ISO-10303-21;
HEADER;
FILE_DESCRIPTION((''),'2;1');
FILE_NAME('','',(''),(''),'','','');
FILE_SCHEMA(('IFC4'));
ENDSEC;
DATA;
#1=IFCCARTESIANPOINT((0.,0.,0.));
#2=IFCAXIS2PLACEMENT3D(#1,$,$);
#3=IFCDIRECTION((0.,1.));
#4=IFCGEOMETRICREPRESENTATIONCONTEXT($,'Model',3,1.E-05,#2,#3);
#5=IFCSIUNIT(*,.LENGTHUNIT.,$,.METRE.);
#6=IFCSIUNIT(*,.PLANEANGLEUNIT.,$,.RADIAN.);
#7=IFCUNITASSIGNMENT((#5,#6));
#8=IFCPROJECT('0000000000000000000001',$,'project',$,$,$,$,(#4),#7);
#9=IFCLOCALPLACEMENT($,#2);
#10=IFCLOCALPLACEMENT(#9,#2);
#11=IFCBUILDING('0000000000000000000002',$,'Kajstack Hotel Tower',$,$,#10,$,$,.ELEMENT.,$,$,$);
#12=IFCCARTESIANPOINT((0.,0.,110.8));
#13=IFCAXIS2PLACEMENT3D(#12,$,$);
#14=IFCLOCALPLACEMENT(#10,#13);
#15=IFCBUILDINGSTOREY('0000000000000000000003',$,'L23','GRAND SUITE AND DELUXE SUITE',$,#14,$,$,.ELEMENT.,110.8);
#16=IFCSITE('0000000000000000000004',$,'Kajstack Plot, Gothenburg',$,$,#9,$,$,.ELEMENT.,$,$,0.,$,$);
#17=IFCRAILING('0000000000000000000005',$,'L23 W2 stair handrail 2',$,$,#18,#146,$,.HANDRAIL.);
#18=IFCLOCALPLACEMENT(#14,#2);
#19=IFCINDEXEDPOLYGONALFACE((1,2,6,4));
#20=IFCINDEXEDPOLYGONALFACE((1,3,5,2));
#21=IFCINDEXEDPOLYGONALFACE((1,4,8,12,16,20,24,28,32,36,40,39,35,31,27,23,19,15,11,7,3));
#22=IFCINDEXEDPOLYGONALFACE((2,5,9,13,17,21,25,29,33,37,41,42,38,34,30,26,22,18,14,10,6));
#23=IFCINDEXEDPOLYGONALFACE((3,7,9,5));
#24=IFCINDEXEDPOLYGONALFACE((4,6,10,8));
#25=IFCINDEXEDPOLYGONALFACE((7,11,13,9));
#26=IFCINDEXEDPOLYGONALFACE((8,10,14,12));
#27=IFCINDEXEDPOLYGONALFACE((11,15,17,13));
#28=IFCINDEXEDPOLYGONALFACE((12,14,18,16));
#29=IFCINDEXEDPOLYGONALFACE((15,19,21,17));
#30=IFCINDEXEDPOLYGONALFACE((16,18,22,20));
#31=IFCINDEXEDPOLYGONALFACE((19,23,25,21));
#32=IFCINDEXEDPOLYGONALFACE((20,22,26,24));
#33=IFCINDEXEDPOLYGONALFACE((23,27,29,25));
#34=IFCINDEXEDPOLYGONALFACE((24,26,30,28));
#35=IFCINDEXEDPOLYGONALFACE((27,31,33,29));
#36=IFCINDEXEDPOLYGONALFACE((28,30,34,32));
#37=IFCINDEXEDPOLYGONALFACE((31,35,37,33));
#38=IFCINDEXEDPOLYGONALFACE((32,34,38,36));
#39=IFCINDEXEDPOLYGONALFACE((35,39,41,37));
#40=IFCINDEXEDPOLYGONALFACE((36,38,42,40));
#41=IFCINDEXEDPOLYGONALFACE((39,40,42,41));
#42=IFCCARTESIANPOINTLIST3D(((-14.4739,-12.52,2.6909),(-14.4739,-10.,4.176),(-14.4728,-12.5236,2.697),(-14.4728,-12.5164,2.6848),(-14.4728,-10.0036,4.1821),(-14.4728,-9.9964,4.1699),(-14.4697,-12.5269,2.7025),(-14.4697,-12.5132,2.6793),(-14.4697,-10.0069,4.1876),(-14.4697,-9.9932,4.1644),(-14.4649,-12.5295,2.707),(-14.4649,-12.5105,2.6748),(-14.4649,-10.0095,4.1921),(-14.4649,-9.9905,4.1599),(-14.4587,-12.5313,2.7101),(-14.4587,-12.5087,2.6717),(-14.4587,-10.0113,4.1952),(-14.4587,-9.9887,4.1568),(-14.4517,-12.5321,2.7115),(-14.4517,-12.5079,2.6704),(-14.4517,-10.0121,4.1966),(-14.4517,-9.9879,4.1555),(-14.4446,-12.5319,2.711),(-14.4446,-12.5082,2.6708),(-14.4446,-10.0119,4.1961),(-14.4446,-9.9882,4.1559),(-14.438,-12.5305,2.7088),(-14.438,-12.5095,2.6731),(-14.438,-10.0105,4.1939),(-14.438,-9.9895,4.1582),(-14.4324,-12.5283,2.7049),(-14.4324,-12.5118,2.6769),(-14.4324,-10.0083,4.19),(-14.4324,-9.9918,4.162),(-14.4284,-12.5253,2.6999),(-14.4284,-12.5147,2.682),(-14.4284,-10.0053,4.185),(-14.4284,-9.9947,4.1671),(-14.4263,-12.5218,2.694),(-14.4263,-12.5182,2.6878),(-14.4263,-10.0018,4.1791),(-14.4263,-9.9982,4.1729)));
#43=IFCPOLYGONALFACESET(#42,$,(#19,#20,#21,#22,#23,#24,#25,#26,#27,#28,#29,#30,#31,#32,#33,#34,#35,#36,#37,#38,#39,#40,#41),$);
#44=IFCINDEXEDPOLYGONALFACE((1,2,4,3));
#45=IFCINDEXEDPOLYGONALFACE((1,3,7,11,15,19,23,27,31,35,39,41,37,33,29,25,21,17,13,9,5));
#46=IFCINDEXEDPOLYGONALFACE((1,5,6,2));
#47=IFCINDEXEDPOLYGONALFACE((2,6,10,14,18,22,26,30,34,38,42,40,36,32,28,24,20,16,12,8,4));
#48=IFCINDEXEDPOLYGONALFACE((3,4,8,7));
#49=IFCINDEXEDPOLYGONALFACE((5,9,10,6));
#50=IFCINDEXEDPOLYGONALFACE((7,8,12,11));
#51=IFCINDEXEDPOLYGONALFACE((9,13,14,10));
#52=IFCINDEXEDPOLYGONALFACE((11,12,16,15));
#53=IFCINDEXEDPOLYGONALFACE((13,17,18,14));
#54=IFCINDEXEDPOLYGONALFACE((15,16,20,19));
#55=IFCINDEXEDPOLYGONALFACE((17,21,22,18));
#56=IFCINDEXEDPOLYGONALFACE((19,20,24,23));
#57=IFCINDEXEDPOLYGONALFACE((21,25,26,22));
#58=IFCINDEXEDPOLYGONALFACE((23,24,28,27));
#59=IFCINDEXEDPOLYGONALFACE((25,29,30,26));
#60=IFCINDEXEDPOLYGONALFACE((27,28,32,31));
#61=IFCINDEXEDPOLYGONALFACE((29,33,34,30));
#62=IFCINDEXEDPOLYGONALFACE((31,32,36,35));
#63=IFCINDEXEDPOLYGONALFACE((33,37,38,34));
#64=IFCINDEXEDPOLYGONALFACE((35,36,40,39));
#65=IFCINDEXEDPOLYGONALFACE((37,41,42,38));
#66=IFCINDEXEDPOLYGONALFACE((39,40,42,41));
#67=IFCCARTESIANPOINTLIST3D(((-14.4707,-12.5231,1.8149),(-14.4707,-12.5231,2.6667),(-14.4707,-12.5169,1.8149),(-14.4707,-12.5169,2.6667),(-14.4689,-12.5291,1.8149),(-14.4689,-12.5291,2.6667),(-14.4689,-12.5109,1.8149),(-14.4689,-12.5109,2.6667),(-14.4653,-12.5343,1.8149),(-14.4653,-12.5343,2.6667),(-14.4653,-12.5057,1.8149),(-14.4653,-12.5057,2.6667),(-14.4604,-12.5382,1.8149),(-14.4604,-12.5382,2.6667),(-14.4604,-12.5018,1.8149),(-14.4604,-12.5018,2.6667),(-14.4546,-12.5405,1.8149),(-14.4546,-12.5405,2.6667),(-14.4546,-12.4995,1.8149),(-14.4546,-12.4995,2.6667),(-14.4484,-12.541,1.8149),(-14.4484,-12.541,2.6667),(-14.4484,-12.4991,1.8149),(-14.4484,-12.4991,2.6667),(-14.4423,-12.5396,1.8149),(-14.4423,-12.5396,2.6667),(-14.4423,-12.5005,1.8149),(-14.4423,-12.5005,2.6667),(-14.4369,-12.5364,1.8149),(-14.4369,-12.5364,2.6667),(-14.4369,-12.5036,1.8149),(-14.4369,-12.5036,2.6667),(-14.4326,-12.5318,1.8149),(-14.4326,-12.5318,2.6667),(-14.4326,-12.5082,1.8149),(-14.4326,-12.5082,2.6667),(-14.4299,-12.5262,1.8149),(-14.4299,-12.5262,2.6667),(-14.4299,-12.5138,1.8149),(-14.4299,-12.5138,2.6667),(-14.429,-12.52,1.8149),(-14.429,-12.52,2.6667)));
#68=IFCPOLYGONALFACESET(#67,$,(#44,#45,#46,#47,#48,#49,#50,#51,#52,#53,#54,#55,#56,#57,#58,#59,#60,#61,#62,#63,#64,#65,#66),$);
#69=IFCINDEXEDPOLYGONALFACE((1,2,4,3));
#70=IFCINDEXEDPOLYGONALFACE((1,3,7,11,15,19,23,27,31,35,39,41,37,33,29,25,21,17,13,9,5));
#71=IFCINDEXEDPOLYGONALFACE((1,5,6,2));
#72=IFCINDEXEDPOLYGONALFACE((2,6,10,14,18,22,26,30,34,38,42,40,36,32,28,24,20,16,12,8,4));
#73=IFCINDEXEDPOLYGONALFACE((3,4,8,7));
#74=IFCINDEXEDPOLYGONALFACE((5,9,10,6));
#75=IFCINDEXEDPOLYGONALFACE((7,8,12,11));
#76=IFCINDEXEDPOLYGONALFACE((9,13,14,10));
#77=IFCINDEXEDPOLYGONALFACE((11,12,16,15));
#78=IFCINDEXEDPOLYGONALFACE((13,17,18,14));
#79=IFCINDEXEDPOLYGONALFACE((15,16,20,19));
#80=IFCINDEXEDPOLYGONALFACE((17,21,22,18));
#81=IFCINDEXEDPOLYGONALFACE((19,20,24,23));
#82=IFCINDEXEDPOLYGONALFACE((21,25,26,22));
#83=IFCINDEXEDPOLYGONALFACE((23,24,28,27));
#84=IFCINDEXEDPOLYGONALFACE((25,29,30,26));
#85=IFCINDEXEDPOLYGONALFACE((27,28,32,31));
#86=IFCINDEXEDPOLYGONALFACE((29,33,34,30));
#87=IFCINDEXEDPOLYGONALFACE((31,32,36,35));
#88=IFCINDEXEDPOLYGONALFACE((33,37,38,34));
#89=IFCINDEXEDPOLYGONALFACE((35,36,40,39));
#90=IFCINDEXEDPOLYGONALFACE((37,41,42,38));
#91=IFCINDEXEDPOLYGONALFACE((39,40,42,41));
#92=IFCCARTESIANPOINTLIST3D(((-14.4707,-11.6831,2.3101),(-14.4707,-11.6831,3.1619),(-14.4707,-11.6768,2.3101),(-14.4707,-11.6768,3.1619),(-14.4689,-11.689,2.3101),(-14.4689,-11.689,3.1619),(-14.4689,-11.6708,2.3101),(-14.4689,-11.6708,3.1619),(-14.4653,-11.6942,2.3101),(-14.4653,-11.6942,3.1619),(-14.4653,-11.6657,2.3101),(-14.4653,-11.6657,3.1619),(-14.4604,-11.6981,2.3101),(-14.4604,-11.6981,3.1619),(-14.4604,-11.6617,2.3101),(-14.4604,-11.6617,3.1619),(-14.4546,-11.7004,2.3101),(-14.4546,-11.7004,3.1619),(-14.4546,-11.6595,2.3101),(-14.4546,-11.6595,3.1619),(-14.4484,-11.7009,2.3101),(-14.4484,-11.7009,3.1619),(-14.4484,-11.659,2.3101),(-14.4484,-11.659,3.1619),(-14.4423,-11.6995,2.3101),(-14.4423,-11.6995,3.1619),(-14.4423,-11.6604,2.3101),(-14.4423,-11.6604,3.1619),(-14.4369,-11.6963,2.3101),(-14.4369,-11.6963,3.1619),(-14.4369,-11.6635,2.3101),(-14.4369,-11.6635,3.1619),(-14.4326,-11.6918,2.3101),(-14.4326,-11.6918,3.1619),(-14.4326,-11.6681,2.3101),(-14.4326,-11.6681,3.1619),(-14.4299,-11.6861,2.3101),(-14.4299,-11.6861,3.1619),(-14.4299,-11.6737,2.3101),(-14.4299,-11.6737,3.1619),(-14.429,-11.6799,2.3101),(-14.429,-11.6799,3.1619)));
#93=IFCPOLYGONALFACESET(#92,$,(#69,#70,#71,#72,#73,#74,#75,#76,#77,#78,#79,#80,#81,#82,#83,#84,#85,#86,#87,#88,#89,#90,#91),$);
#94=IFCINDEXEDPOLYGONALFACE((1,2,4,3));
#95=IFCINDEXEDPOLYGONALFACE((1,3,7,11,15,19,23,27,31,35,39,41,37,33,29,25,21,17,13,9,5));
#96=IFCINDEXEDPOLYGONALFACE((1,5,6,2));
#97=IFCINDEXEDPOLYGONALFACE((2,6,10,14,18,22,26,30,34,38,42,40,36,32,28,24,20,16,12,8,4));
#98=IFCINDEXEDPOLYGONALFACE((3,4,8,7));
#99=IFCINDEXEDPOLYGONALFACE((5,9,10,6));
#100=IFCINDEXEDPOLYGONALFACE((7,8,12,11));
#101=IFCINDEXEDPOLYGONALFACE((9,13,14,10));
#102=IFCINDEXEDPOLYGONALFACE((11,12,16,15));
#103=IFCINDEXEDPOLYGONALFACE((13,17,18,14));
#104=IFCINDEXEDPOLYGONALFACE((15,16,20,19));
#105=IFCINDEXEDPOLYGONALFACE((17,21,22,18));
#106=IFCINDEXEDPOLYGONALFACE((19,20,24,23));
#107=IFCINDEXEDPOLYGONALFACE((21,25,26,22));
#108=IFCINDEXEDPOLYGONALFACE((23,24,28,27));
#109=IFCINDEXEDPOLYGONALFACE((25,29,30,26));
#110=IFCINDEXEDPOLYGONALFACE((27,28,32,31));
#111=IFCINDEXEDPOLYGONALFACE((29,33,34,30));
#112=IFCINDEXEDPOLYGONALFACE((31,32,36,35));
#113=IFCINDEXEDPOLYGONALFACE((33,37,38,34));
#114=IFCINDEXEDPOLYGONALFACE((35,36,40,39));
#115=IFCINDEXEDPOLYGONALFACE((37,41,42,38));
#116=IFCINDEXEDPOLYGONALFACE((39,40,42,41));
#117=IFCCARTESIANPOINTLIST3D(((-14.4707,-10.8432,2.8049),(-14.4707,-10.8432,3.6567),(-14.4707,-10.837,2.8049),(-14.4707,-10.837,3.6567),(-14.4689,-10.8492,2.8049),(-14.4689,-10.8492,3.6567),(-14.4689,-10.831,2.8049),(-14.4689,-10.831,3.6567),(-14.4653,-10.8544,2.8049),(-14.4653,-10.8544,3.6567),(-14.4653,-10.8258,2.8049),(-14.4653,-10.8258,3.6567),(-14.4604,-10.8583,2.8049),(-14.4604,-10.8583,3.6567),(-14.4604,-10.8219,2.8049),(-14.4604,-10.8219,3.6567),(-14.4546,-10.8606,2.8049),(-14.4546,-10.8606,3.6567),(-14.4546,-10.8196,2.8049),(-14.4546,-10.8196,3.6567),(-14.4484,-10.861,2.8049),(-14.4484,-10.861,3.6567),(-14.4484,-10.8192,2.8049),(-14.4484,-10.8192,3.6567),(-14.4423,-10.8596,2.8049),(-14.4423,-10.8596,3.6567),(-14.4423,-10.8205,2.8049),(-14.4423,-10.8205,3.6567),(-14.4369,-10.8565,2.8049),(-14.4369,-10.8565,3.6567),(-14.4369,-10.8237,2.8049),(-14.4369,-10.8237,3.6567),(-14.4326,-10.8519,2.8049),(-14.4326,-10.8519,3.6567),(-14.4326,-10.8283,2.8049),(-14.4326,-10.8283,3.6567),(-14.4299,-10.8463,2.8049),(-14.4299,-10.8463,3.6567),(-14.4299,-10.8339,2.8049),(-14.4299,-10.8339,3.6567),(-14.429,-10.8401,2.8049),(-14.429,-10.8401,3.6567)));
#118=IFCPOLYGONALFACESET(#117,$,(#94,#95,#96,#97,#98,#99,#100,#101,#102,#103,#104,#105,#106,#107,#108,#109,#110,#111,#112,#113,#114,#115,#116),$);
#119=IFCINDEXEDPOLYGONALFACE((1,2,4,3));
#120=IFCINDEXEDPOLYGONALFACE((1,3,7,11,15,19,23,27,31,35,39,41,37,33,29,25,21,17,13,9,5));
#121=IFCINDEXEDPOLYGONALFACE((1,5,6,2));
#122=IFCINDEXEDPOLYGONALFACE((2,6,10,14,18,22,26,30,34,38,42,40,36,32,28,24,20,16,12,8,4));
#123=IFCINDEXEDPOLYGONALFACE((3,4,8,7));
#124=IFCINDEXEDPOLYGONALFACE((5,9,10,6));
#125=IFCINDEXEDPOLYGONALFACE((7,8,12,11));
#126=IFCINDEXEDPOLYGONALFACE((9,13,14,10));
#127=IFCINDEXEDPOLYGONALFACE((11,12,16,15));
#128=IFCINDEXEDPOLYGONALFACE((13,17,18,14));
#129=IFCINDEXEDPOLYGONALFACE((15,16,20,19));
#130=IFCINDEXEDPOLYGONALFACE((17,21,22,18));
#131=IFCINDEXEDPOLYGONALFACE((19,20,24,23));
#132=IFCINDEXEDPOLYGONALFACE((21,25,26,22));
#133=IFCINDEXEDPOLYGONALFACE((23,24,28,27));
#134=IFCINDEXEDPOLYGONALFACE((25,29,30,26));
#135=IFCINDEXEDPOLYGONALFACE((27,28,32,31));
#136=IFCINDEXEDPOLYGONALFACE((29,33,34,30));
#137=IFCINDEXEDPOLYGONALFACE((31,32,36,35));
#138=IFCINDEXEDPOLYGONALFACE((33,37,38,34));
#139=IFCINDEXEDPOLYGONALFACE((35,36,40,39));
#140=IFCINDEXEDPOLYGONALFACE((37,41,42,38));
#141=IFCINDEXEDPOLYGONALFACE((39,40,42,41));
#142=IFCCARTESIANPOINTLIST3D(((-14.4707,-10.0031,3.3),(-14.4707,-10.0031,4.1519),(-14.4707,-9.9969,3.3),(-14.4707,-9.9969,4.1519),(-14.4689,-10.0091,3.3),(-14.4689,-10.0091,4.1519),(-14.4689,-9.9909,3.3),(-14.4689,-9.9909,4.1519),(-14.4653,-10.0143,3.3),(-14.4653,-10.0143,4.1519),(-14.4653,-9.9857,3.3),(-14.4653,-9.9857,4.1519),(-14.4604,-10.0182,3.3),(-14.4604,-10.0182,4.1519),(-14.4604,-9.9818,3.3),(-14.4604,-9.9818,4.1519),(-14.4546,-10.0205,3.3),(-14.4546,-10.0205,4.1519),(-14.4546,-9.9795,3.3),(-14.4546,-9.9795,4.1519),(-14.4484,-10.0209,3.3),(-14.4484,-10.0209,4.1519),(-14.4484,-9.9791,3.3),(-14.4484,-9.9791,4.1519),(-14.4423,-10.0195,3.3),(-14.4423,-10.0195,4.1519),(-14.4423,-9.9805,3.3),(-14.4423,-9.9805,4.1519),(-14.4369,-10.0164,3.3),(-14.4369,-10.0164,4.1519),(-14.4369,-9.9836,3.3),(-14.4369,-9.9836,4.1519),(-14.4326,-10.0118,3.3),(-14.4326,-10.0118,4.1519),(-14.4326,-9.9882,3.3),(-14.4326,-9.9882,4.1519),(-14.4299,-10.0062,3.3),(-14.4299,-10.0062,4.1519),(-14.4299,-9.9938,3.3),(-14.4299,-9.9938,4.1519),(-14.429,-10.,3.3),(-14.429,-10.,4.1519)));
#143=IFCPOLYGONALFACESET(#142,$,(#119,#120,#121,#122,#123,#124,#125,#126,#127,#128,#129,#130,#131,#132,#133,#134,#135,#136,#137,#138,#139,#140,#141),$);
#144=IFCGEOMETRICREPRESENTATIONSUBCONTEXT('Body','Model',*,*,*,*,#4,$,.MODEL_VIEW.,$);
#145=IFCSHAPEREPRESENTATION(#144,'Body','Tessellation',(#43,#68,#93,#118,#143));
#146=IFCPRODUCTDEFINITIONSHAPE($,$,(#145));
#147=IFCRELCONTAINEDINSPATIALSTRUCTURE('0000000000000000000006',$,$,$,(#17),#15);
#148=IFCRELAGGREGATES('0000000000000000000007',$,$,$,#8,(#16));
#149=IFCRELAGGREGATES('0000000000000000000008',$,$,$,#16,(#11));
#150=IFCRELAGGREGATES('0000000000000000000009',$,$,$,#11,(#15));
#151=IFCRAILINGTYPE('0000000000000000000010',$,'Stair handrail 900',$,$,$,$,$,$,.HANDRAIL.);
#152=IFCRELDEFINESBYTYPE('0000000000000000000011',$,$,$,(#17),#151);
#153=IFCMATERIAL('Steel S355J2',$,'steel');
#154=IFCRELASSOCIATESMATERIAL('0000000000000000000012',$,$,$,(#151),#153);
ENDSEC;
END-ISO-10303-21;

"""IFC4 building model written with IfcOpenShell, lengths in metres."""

from ifc_helpers import new_model, si_unit, direction, frame, origin, origin_2d, place, context, subcontext, project, spatial, circle, extrude, material, type_object, element, save


model = new_model("IFC4")

# Units and contexts
model_context = context("Model", 3, precision=1e-05, world=origin(), true_north=direction((0.0, 1.0)))
body_context = subcontext(model_context, "Body", "Model", "MODEL_VIEW")
ifc_project = project(units=[si_unit("LENGTHUNIT", "METRE"), si_unit("PLANEANGLEUNIT", "RADIAN")], contexts=[model_context])

# Site, building, storey
site_placement = place(None, origin())
site = spatial("IfcSite", under=ifc_project, at=site_placement, Name="Kajstack Plot, Gothenburg", CompositionType="ELEMENT", RefElevation=0.0)
building_placement = place(site_placement, origin())
building = spatial("IfcBuilding", under=site, at=building_placement, Name="Kajstack Hotel Tower", CompositionType="ELEMENT")
storey_placement = place(building_placement, frame((0.0, 0.0, 110.8)))
storey = spatial("IfcBuildingStorey", under=building, at=storey_placement, Name="L23", Description="GRAND SUITE AND DELUXE SUITE", CompositionType="ELEMENT", Elevation=110.8)

# Railing
ifc_material_1 = material(Name="Steel S355J2", Category="steel")
railing_type_1 = type_object("IfcRailingType", Name="Stair handrail 900", PredefinedType="HANDRAIL", material=ifc_material_1)
railing_1_placement = place(storey_placement, frame((-14.45, -12.52, 1.8149)))
element("IfcRailing", 1, at=railing_1_placement, inside=storey, type_object=railing_type_1, Name="L23 W2 stair handrail 2", PredefinedType="HANDRAIL", context=body_context, shape_type="SweptSolid", body=[
    extrude(circle(Radius=0.0239, at=origin_2d()), frame((0.0, 0.0, 0.876), z_axis=(0.0, 0.861524, 0.507717), x_axis=(-1.0, 0.0, 0.0)), (0.0, 0.0, 1.0), 2.925),
    extrude(circle(Radius=0.021, at=origin_2d()), origin(), (0.0, 0.0, 1.0), 0.8518),
    extrude(circle(Radius=0.021, at=origin_2d()), frame((0.0, 0.8401, 0.4951)), (0.0, 0.0, 1.0), 0.8518),
    extrude(circle(Radius=0.021, at=origin_2d()), frame((0.0, 1.6799, 0.99)), (0.0, 0.0, 1.0), 0.8518),
    extrude(circle(Radius=0.021, at=origin_2d()), frame((0.0, 2.52, 1.4851)), (0.0, 0.0, 1.0), 0.8518),
])

save(model, "model.ifc")
